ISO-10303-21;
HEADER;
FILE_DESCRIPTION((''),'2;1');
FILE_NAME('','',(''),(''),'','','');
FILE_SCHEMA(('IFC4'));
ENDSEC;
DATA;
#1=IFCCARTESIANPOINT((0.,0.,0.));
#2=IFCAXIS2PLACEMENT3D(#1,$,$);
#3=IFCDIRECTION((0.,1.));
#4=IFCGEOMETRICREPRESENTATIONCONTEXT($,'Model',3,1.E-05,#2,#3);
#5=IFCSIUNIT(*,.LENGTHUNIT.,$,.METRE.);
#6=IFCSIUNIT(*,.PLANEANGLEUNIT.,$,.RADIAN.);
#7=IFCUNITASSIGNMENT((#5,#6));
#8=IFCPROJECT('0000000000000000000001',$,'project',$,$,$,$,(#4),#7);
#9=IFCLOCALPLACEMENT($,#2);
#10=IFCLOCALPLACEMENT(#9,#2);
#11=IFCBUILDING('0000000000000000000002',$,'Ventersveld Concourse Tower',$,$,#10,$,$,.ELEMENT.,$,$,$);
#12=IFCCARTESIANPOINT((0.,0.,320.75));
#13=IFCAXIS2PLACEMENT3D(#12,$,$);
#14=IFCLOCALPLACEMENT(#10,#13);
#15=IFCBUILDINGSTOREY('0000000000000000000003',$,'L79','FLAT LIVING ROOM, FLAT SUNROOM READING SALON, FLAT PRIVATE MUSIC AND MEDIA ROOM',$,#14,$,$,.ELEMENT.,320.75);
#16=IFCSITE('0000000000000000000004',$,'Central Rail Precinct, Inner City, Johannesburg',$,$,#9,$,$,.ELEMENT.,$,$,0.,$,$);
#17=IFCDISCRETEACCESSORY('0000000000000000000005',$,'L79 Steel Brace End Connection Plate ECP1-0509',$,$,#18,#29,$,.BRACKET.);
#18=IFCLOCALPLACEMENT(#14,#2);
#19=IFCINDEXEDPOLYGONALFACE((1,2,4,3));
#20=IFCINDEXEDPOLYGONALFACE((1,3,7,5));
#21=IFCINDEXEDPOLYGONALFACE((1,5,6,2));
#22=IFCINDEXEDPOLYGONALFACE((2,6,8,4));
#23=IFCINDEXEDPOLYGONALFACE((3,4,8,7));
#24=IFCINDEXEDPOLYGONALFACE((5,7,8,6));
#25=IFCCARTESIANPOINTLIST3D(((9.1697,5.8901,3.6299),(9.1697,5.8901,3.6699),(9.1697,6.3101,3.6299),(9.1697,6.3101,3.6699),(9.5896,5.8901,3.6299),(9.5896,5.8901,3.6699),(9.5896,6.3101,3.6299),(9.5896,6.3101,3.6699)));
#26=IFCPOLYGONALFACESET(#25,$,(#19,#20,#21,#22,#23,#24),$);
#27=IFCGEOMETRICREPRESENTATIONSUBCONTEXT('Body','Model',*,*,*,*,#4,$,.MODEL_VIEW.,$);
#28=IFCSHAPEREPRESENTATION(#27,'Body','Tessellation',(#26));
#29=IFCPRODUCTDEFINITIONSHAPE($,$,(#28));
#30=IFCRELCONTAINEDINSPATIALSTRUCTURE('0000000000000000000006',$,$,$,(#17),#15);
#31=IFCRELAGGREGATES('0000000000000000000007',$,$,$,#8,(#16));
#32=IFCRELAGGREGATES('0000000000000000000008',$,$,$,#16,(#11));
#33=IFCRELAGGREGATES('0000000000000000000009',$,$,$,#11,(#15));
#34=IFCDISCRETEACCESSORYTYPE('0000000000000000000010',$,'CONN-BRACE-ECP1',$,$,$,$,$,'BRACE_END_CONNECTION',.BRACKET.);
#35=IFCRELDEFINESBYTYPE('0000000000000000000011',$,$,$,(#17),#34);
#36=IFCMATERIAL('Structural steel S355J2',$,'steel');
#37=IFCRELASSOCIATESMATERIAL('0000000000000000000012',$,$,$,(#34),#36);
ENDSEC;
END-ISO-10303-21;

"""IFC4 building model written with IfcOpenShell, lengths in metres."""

from ifc_helpers import new_model, si_unit, direction, frame, origin, origin_2d, place, context, subcontext, project, spatial, rectangle, extrude, material, type_object, element, save


model = new_model("IFC4")

# Units and contexts
model_context = context("Model", 3, precision=1e-05, world=origin(), true_north=direction((0.0, 1.0)))
body_context = subcontext(model_context, "Body", "Model", "MODEL_VIEW")
ifc_project = project(units=[si_unit("LENGTHUNIT", "METRE"), si_unit("PLANEANGLEUNIT", "RADIAN")], contexts=[model_context])

# Site, building, storey
site_placement = place(None, origin())
site = spatial("IfcSite", under=ifc_project, at=site_placement, Name="Central Rail Precinct, Inner City, Johannesburg", CompositionType="ELEMENT", RefElevation=0.0)
building_placement = place(site_placement, origin())
building = spatial("IfcBuilding", under=site, at=building_placement, Name="Ventersveld Concourse Tower", CompositionType="ELEMENT")
storey_placement = place(building_placement, frame((0.0, 0.0, 320.75)))
storey = spatial("IfcBuildingStorey", under=building, at=storey_placement, Name="L79", Description="FLAT LIVING ROOM, FLAT SUNROOM READING SALON, FLAT PRIVATE MUSIC AND MEDIA ROOM", CompositionType="ELEMENT", Elevation=320.75)

# Shared definitions
ifc_material_1 = material(Name="Structural steel S355J2", Category="steel")

# Discrete accessory
discrete_accessory_type = type_object("IfcDiscreteAccessoryType", Name="CONN-BRACE-ECP1", ElementType="BRACE_END_CONNECTION", PredefinedType="BRACKET", material=ifc_material_1)
discrete_accessory_placement = place(storey_placement, frame((9.3796, 6.1001, 3.6299), z_axis=(0.0, 0.0, 1.0), x_axis=(1.0, 0.0, 0.0)))
element("IfcDiscreteAccessory", 1, at=discrete_accessory_placement, inside=storey, type_object=discrete_accessory_type, Name="L79 Steel Brace End Connection Plate ECP1-0509", PredefinedType="BRACKET", context=body_context, shape_type="SweptSolid", body=[
    extrude(rectangle(XDim=0.4199, YDim=0.4199, at=origin_2d()), origin(), (0.0, 0.0, 1.0), 0.04),
])

save(model, "model.ifc")
